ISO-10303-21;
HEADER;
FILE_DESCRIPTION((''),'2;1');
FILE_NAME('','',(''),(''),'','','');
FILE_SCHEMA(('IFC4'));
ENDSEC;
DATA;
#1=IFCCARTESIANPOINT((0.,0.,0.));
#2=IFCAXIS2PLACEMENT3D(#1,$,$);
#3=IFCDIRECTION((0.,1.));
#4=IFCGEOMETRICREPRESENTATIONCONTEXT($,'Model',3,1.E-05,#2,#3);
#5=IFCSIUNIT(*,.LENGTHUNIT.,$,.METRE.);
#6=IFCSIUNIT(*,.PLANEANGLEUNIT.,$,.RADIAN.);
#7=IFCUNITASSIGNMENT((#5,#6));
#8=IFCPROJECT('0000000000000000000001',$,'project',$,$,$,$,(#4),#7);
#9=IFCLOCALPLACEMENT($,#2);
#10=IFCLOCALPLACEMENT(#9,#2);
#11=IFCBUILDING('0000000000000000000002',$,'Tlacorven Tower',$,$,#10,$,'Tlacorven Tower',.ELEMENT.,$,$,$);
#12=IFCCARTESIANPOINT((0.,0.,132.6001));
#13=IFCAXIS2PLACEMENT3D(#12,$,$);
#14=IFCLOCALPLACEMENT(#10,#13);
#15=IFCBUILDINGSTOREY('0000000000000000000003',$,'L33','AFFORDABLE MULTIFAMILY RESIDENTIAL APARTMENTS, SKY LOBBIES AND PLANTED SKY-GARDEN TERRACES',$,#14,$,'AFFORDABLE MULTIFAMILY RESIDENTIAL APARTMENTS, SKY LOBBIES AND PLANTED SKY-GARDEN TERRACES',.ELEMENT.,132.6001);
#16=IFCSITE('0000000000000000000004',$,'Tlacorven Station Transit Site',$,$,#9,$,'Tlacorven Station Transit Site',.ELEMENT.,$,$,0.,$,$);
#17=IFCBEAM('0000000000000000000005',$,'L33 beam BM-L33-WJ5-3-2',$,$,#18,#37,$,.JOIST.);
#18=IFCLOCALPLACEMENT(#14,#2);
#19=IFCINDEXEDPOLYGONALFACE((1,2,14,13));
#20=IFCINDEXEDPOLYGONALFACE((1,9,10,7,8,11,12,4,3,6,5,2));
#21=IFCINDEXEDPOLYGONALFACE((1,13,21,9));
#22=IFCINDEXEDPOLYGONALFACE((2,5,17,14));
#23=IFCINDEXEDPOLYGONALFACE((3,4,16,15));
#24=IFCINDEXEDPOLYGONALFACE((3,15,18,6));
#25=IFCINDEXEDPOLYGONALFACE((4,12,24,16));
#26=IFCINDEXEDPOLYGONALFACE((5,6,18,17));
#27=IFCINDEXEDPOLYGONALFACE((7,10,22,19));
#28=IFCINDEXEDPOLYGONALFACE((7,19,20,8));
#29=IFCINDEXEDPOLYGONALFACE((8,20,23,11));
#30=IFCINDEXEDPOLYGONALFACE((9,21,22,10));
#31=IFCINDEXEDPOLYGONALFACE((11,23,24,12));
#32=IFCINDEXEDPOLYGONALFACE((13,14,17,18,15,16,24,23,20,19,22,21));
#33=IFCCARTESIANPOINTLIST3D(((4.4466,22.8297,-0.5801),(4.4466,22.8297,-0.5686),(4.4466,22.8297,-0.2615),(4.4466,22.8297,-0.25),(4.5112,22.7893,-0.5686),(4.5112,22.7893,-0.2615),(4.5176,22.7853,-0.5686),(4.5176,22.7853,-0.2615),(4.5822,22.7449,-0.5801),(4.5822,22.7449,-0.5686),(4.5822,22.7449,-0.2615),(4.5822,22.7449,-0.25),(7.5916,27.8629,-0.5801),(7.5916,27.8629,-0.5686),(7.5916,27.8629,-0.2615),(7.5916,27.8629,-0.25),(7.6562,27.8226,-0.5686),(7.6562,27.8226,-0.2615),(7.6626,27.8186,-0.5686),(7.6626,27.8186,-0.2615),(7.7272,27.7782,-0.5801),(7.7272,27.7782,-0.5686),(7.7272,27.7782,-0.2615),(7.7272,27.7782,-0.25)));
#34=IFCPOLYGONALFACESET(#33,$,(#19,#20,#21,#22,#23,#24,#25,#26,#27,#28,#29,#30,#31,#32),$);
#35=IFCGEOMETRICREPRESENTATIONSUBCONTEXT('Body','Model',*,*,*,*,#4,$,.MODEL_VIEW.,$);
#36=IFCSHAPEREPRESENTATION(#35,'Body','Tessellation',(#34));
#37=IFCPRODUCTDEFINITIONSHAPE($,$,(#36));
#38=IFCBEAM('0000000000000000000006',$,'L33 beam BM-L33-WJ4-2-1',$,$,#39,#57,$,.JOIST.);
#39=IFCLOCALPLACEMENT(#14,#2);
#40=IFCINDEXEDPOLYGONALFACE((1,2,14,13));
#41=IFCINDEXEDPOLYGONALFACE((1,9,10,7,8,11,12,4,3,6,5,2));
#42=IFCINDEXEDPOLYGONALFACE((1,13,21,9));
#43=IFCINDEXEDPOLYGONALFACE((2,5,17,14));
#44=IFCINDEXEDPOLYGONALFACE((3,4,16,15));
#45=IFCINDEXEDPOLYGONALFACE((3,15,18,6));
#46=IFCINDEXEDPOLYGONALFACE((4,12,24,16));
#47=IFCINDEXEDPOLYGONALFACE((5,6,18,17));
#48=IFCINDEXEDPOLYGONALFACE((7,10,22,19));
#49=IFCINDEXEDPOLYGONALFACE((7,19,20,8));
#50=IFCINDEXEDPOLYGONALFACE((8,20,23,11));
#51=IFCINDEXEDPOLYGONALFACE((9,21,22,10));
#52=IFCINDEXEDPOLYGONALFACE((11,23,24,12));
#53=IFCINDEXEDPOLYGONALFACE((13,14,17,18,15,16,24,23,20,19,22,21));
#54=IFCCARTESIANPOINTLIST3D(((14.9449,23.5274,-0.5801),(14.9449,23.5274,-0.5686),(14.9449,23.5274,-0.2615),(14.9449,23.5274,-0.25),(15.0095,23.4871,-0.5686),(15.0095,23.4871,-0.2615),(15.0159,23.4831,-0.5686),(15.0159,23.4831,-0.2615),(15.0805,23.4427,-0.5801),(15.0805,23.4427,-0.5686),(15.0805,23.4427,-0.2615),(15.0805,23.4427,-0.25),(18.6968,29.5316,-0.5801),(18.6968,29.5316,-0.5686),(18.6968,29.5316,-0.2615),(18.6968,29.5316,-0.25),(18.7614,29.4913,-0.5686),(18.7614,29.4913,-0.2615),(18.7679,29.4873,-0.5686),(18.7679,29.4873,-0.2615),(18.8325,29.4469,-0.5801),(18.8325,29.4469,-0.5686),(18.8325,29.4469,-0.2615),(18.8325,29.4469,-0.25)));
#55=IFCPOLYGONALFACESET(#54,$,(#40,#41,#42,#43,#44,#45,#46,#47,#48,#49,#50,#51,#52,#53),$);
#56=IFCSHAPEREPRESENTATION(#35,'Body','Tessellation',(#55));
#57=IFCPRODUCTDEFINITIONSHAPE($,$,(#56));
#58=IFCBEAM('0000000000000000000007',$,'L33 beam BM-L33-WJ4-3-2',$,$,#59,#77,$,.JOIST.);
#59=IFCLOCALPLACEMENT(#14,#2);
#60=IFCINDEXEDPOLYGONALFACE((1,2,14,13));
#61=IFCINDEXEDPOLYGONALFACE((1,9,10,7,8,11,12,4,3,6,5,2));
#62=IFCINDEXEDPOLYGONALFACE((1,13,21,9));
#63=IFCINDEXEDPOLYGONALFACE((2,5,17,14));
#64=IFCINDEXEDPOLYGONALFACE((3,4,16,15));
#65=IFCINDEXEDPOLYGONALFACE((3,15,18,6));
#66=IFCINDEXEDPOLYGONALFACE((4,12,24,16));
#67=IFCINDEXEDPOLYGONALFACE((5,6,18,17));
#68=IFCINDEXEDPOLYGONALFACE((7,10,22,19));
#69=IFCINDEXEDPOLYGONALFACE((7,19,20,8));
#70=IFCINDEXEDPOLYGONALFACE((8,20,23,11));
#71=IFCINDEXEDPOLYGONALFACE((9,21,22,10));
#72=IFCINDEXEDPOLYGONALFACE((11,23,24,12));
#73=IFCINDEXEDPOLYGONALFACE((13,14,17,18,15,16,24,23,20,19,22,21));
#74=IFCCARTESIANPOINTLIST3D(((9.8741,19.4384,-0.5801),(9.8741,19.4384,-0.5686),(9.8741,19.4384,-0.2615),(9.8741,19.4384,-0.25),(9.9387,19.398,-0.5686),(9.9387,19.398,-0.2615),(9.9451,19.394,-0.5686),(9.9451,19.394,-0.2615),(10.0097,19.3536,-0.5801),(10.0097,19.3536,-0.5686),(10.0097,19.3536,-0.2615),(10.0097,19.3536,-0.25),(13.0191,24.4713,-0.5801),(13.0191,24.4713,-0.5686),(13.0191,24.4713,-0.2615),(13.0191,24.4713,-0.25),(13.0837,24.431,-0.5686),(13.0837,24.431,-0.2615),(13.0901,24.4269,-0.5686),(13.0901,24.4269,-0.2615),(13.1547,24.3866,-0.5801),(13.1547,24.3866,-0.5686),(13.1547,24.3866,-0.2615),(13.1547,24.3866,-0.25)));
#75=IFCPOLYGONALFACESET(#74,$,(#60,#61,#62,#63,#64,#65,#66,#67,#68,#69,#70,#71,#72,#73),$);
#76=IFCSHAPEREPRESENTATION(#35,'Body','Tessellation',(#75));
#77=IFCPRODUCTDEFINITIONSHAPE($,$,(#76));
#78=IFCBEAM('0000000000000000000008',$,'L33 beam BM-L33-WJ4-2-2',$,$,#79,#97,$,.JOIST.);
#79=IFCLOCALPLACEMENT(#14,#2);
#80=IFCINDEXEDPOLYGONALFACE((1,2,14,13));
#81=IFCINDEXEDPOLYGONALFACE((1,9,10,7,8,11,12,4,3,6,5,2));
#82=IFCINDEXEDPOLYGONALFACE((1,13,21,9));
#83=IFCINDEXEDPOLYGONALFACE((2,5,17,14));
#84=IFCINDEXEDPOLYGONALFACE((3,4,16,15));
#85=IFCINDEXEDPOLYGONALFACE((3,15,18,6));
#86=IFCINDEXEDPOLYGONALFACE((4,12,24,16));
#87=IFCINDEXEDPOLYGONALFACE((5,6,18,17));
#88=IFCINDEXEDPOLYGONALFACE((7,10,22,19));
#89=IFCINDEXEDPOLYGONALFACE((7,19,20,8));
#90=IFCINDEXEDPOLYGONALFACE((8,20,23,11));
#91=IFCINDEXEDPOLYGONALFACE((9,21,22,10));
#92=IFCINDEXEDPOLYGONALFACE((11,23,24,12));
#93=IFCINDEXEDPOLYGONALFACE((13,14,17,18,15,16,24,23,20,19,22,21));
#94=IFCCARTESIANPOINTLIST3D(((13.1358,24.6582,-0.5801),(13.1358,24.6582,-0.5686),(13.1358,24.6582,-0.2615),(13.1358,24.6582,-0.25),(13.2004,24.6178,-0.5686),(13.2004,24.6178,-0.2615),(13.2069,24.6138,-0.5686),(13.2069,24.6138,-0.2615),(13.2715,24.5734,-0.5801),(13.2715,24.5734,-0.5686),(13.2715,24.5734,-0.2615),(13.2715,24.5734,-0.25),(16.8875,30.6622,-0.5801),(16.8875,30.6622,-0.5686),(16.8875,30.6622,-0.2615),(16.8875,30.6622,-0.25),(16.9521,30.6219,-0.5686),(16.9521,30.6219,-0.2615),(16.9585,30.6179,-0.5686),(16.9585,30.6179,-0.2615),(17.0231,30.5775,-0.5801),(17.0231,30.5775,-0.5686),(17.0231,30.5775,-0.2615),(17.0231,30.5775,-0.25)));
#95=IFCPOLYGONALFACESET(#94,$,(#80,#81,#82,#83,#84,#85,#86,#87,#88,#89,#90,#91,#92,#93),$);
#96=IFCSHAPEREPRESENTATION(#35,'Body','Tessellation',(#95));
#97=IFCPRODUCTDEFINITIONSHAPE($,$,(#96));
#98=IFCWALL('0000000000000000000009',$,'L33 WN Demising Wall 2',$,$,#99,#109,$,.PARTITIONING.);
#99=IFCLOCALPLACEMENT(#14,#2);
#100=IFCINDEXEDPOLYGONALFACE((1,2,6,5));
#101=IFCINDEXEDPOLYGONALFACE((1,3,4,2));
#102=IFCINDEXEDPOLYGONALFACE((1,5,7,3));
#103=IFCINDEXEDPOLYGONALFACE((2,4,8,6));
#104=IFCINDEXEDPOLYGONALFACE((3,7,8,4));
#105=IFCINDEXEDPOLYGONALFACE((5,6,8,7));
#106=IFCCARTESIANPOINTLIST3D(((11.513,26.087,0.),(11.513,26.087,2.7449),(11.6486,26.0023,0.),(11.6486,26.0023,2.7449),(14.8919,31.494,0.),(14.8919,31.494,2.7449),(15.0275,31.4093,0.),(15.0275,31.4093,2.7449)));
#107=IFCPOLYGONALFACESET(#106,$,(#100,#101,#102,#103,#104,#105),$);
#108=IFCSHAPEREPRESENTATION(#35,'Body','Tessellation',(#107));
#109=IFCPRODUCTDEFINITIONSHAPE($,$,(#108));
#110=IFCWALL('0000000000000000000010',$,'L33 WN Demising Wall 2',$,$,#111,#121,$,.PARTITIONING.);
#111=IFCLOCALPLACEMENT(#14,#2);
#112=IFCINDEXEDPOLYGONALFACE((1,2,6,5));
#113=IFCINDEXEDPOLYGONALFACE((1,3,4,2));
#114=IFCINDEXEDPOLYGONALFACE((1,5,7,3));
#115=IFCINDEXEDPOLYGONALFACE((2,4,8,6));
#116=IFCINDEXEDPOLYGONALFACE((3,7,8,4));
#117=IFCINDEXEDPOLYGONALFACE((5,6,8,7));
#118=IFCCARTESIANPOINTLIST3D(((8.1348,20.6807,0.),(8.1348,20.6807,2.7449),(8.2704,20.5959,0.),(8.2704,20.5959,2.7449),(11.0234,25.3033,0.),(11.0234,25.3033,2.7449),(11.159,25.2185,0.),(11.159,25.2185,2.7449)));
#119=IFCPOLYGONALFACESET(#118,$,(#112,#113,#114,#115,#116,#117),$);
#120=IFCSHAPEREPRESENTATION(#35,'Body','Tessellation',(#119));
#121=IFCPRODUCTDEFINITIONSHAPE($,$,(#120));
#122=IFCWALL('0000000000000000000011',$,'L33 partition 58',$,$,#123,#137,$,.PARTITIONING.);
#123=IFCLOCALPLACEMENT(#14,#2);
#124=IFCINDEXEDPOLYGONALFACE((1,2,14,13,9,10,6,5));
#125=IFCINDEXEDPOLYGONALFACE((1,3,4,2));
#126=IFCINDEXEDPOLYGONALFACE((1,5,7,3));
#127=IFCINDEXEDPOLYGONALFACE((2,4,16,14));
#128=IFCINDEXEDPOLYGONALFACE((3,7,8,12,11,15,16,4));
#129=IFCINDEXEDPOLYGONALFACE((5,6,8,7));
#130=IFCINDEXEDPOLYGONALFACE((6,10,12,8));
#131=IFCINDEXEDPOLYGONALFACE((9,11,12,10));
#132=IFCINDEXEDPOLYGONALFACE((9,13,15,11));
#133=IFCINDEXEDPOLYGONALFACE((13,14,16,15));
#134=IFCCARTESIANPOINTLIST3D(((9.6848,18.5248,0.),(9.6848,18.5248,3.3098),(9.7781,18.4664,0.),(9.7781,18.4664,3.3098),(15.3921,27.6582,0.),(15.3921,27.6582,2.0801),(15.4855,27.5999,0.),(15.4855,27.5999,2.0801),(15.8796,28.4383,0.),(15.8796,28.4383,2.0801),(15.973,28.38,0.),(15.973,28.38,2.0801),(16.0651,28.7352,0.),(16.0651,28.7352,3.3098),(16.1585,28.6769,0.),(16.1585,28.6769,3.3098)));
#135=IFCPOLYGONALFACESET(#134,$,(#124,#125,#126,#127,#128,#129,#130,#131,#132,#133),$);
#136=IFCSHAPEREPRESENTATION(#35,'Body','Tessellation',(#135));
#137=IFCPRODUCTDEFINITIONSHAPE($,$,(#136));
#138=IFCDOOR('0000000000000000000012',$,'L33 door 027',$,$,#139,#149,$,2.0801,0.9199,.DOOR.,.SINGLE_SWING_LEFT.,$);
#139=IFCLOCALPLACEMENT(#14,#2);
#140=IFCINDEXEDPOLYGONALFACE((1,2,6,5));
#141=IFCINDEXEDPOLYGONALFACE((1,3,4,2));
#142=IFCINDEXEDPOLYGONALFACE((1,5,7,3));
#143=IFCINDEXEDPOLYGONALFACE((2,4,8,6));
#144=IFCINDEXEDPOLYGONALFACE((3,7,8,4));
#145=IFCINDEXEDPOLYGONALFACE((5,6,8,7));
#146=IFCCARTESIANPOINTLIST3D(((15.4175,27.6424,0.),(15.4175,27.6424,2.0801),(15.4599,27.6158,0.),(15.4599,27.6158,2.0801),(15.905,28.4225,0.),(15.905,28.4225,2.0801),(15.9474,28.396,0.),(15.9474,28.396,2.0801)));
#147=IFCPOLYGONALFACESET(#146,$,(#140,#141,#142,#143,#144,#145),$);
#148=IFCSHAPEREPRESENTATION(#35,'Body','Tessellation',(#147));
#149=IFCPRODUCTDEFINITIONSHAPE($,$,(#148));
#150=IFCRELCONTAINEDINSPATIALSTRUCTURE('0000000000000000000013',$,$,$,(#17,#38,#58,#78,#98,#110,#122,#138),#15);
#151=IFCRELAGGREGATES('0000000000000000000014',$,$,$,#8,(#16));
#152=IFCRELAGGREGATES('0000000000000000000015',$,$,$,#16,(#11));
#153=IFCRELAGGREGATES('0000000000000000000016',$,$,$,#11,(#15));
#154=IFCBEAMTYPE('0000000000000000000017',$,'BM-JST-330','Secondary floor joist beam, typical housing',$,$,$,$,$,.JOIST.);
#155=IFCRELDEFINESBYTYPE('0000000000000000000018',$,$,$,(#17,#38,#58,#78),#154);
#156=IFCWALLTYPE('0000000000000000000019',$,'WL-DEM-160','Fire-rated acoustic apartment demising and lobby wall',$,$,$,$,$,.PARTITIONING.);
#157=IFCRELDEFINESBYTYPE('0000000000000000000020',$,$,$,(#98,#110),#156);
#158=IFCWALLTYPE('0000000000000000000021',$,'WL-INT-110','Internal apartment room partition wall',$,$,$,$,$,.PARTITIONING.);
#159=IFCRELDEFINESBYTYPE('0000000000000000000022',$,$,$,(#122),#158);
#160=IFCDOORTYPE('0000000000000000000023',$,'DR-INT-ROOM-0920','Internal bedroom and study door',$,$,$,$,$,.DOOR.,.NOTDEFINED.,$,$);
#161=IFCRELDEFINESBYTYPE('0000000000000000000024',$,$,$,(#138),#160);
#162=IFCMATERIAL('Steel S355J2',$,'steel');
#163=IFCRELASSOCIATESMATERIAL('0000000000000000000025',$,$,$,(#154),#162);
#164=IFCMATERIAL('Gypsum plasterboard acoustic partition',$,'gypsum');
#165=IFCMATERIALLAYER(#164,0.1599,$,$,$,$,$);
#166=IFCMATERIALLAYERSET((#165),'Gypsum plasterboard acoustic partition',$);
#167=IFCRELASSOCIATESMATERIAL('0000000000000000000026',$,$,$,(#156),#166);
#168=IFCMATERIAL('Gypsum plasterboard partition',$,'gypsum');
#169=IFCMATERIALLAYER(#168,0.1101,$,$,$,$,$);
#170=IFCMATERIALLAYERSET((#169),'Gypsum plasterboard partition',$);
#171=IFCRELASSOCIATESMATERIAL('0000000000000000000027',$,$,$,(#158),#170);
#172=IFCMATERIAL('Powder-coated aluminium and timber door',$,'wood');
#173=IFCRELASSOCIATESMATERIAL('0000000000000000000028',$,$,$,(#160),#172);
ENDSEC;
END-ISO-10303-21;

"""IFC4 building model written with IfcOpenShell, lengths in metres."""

from ifc_helpers import new_model, si_unit, direction, frame, frame_2d, origin, origin_2d, place, context, subcontext, project, spatial, rectangle, i_section, extrude, source, transform, mapped, material, layer, layer_set, material_profile, profile_set, type_object, element, fill, save


model = new_model("IFC4")

# Units and contexts
model_context = context("Model", 3, precision=1e-05, world=origin(), true_north=direction((0.0, 1.0)))
body_context = subcontext(model_context, "Body", "Model", "MODEL_VIEW")
ifc_project = project(units=[si_unit("LENGTHUNIT", "METRE"), si_unit("PLANEANGLEUNIT", "RADIAN")], contexts=[model_context])

# Site, building, storey
site_placement = place(None, origin())
site = spatial("IfcSite", under=ifc_project, at=site_placement, Name="Tlacorven Station Transit Site", LongName="Tlacorven Station Transit Site", CompositionType="ELEMENT", RefElevation=0.0)
building_placement = place(site_placement, origin())
building = spatial("IfcBuilding", under=site, at=building_placement, Name="Tlacorven Tower", LongName="Tlacorven Tower", CompositionType="ELEMENT")
storey_placement = place(building_placement, frame((0.0, 0.0, 132.6001)))
storey = spatial("IfcBuildingStorey", under=building, at=storey_placement, Name="L33", Description="AFFORDABLE MULTIFAMILY RESIDENTIAL APARTMENTS, SKY LOBBIES AND PLANTED SKY-GARDEN TERRACES", LongName="AFFORDABLE MULTIFAMILY RESIDENTIAL APARTMENTS, SKY LOBBIES AND PLANTED SKY-GARDEN TERRACES", CompositionType="ELEMENT", Elevation=132.6001)

# Beams
ifc_material_1 = material(Name="Steel S355J2", Category="steel")
ifc_material_profile_1 = material_profile(ifc_material_1, i_section(OverallWidth=0.1599, OverallDepth=0.3301, WebThickness=0.0076, FlangeThickness=0.0115, at=origin_2d()), Name="IPE 330")
ifc_profile_set_1 = profile_set([ifc_material_profile_1], Name="Steel S355J2")
beam_type_1 = type_object("IfcBeamType", Name="BM-JST-330", Description="Secondary floor joist beam, typical housing", PredefinedType="JOIST", material=ifc_profile_set_1)
shared_shape_1 = source(origin(), body_context, "Body", "SweptSolid", [
    extrude(i_section(OverallWidth=0.1599, OverallDepth=0.3301, WebThickness=0.0076, FlangeThickness=0.0115, at=origin_2d()), origin(), (0.0, 0.0, 1.0), 5.9351),
])
for number, where, z_axis, x_axis, name in (
    (1, (7.6594, 27.8206, -0.415), (-0.52991, -0.848054, 0.0), (0.848054, -0.52991, 0.0), "L33 beam BM-L33-WJ5-3-2"),
):
    element("IfcBeam", number, at=place(storey_placement, frame(where, z_axis=z_axis, x_axis=x_axis)), inside=storey, type_object=beam_type_1, Name=name, PredefinedType="JOIST", context=body_context, shape_type="MappedRepresentation", body=[
        mapped(shared_shape_1, transform((0.0, 0.0, 0.0), scale=1.0)),
    ])
shared_shape_2 = source(origin(), body_context, "Body", "SweptSolid", [
    extrude(i_section(OverallWidth=0.1599, OverallDepth=0.3301, WebThickness=0.0076, FlangeThickness=0.0115, at=origin_2d()), origin(), (0.0, 0.0, 1.0), 7.0801),
])
beam_1_placement = place(storey_placement, frame((18.7646, 29.4893, -0.415), z_axis=(-0.529934, -0.848039, 0.0), x_axis=(0.848039, -0.529934, 0.0)))
element("IfcBeam", 2, at=beam_1_placement, inside=storey, type_object=beam_type_1, Name="L33 beam BM-L33-WJ4-2-1", PredefinedType="JOIST", context=body_context, shape_type="MappedRepresentation", body=[
    mapped(shared_shape_2, transform((0.0, 0.0, 0.0), scale=1.0)),
])
shared_shape_3 = source(origin(), body_context, "Body", "SweptSolid", [
    extrude(i_section(OverallWidth=0.1599, OverallDepth=0.3301, WebThickness=0.0076, FlangeThickness=0.0115, at=origin_2d()), origin(), (0.0, 0.0, 1.0), 5.9348),
])
beam_2_placement = place(storey_placement, frame((13.0869, 24.429, -0.415), z_axis=(-0.529929, -0.848042, 0.0), x_axis=(0.848042, -0.529929, 0.0)))
element("IfcBeam", 3, at=beam_2_placement, inside=storey, type_object=beam_type_1, Name="L33 beam BM-L33-WJ4-3-2", PredefinedType="JOIST", context=body_context, shape_type="MappedRepresentation", body=[
    mapped(shared_shape_3, transform((0.0, 0.0, 0.0), scale=1.0)),
])
shared_shape_4 = source(origin(), body_context, "Body", "SweptSolid", [
    extrude(i_section(OverallWidth=0.1599, OverallDepth=0.3301, WebThickness=0.0076, FlangeThickness=0.0115, at=origin_2d()), origin(), (0.0, 0.0, 1.0), 7.0798),
])
beam_3_placement = place(storey_placement, frame((16.9553, 30.6199, -0.415), z_axis=(-0.529909, -0.848054, 0.0), x_axis=(0.848054, -0.529909, 0.0)))
element("IfcBeam", 4, at=beam_3_placement, inside=storey, type_object=beam_type_1, Name="L33 beam BM-L33-WJ4-2-2", PredefinedType="JOIST", context=body_context, shape_type="MappedRepresentation", body=[
    mapped(shared_shape_4, transform((0.0, 0.0, 0.0), scale=1.0)),
])

# Walls
ifc_material_2 = material(Name="Gypsum plasterboard acoustic partition", Category="gypsum")
ifc_layer_1 = layer(ifc_material_2, 0.1599)
ifc_layer_set_1 = layer_set([ifc_layer_1], Name="Gypsum plasterboard acoustic partition")
wall_type_1 = type_object("IfcWallType", Name="WL-DEM-160", Description="Fire-rated acoustic apartment demising and lobby wall", PredefinedType="PARTITIONING", material=ifc_layer_set_1)
wall_1_placement = place(storey_placement, frame((14.9597, 31.4517, 0.0), z_axis=(0.0, 0.0, 1.0), x_axis=(-0.529947, -0.848031, 0.0)))
element("IfcWall", 5, at=wall_1_placement, inside=storey, type_object=wall_type_1, Name="L33 WN Demising Wall 2", PredefinedType="PARTITIONING", context=body_context, shape_type="SweptSolid", body=[
    extrude(rectangle(XDim=6.376, YDim=0.1599, at=frame_2d((3.188, 0.0))), origin(), (0.0, 0.0, 1.0), 2.7449),
])
wall_2_placement = place(storey_placement, frame((11.0913, 25.261, 0.0), z_axis=(0.0, 0.0, 1.0), x_axis=(-0.529943, -0.848034, 0.0)))
element("IfcWall", 6, at=wall_2_placement, inside=storey, type_object=wall_type_1, Name="L33 WN Demising Wall 2", PredefinedType="PARTITIONING", context=body_context, shape_type="SweptSolid", body=[
    extrude(rectangle(XDim=5.4509, YDim=0.1599, at=frame_2d((2.7256, 0.0))), origin(), (0.0, 0.0, 1.0), 2.7449),
])

# Wall, opening, door
ifc_material_3 = material(Name="Gypsum plasterboard partition", Category="gypsum")
ifc_layer_2 = layer(ifc_material_3, 0.1101)
ifc_layer_set_2 = layer_set([ifc_layer_2], Name="Gypsum plasterboard partition")
wall_type_2 = type_object("IfcWallType", Name="WL-INT-110", Description="Internal apartment room partition wall", PredefinedType="PARTITIONING", material=ifc_layer_set_2)
wall_3_placement = place(storey_placement, frame((16.1118, 28.7061, 0.0), z_axis=(0.0, 0.0, 1.0), x_axis=(-0.52993, -0.848042, 0.0)))
wall_3 = element("IfcWall", 7, at=wall_3_placement, inside=storey, type_object=wall_type_2, Name="L33 partition 58", PredefinedType="PARTITIONING", context=body_context, shape_type="SweptSolid", body=[
    extrude(rectangle(XDim=12.04, YDim=0.1101, at=frame_2d((6.02, 0.0))), origin(), (0.0, 0.0, 1.0), 3.3098),
])
opening_1_placement = place(wall_3_placement, frame((0.3501, 0.0, 0.0)))
opening_1 = element("IfcOpeningElement", 8, at=opening_1_placement, cuts=wall_3, PredefinedType="OPENING", context=body_context, shape_type="SweptSolid", body=[
    extrude(rectangle(XDim=0.9199, YDim=2.0801, at=frame_2d((0.46, 1.04))), frame((0.0, 0.0649, 0.0), z_axis=(0.0, -1.0, 0.0), x_axis=(1.0, 0.0, 0.0)), (0.0, 0.0, 1.0), 0.1301),
])
ifc_material_4 = material(Name="Powder-coated aluminium and timber door", Category="wood")
door_type_1 = type_object("IfcDoorType", Name="DR-INT-ROOM-0920", Description="Internal bedroom and study door", OperationType="NOTDEFINED", PredefinedType="DOOR", material=ifc_material_4)
shared_shape_5 = source(origin(), body_context, "Body", "SweptSolid", [
    extrude(rectangle(XDim=0.9199, YDim=2.0801, at=frame_2d((0.46, 1.04))), frame((0.0, 0.0249, 0.0), z_axis=(0.0, -1.0, 0.0), x_axis=(1.0, 0.0, 0.0)), (0.0, 0.0, 1.0), 0.05),
])
door_1_placement = place(opening_1_placement, origin())
door_1 = element("IfcDoor", 9, at=door_1_placement, inside=storey, type_object=door_type_1, Name="L33 door 027", OperationType="SINGLE_SWING_LEFT", OverallHeight=2.0801, OverallWidth=0.9199, PredefinedType="DOOR", context=body_context, shape_type="MappedRepresentation", body=[
    mapped(shared_shape_5, transform((0.0, 0.0, 0.0), scale=1.0)),
])
fill(opening_1, door_1)

save(model, "model.ifc")
